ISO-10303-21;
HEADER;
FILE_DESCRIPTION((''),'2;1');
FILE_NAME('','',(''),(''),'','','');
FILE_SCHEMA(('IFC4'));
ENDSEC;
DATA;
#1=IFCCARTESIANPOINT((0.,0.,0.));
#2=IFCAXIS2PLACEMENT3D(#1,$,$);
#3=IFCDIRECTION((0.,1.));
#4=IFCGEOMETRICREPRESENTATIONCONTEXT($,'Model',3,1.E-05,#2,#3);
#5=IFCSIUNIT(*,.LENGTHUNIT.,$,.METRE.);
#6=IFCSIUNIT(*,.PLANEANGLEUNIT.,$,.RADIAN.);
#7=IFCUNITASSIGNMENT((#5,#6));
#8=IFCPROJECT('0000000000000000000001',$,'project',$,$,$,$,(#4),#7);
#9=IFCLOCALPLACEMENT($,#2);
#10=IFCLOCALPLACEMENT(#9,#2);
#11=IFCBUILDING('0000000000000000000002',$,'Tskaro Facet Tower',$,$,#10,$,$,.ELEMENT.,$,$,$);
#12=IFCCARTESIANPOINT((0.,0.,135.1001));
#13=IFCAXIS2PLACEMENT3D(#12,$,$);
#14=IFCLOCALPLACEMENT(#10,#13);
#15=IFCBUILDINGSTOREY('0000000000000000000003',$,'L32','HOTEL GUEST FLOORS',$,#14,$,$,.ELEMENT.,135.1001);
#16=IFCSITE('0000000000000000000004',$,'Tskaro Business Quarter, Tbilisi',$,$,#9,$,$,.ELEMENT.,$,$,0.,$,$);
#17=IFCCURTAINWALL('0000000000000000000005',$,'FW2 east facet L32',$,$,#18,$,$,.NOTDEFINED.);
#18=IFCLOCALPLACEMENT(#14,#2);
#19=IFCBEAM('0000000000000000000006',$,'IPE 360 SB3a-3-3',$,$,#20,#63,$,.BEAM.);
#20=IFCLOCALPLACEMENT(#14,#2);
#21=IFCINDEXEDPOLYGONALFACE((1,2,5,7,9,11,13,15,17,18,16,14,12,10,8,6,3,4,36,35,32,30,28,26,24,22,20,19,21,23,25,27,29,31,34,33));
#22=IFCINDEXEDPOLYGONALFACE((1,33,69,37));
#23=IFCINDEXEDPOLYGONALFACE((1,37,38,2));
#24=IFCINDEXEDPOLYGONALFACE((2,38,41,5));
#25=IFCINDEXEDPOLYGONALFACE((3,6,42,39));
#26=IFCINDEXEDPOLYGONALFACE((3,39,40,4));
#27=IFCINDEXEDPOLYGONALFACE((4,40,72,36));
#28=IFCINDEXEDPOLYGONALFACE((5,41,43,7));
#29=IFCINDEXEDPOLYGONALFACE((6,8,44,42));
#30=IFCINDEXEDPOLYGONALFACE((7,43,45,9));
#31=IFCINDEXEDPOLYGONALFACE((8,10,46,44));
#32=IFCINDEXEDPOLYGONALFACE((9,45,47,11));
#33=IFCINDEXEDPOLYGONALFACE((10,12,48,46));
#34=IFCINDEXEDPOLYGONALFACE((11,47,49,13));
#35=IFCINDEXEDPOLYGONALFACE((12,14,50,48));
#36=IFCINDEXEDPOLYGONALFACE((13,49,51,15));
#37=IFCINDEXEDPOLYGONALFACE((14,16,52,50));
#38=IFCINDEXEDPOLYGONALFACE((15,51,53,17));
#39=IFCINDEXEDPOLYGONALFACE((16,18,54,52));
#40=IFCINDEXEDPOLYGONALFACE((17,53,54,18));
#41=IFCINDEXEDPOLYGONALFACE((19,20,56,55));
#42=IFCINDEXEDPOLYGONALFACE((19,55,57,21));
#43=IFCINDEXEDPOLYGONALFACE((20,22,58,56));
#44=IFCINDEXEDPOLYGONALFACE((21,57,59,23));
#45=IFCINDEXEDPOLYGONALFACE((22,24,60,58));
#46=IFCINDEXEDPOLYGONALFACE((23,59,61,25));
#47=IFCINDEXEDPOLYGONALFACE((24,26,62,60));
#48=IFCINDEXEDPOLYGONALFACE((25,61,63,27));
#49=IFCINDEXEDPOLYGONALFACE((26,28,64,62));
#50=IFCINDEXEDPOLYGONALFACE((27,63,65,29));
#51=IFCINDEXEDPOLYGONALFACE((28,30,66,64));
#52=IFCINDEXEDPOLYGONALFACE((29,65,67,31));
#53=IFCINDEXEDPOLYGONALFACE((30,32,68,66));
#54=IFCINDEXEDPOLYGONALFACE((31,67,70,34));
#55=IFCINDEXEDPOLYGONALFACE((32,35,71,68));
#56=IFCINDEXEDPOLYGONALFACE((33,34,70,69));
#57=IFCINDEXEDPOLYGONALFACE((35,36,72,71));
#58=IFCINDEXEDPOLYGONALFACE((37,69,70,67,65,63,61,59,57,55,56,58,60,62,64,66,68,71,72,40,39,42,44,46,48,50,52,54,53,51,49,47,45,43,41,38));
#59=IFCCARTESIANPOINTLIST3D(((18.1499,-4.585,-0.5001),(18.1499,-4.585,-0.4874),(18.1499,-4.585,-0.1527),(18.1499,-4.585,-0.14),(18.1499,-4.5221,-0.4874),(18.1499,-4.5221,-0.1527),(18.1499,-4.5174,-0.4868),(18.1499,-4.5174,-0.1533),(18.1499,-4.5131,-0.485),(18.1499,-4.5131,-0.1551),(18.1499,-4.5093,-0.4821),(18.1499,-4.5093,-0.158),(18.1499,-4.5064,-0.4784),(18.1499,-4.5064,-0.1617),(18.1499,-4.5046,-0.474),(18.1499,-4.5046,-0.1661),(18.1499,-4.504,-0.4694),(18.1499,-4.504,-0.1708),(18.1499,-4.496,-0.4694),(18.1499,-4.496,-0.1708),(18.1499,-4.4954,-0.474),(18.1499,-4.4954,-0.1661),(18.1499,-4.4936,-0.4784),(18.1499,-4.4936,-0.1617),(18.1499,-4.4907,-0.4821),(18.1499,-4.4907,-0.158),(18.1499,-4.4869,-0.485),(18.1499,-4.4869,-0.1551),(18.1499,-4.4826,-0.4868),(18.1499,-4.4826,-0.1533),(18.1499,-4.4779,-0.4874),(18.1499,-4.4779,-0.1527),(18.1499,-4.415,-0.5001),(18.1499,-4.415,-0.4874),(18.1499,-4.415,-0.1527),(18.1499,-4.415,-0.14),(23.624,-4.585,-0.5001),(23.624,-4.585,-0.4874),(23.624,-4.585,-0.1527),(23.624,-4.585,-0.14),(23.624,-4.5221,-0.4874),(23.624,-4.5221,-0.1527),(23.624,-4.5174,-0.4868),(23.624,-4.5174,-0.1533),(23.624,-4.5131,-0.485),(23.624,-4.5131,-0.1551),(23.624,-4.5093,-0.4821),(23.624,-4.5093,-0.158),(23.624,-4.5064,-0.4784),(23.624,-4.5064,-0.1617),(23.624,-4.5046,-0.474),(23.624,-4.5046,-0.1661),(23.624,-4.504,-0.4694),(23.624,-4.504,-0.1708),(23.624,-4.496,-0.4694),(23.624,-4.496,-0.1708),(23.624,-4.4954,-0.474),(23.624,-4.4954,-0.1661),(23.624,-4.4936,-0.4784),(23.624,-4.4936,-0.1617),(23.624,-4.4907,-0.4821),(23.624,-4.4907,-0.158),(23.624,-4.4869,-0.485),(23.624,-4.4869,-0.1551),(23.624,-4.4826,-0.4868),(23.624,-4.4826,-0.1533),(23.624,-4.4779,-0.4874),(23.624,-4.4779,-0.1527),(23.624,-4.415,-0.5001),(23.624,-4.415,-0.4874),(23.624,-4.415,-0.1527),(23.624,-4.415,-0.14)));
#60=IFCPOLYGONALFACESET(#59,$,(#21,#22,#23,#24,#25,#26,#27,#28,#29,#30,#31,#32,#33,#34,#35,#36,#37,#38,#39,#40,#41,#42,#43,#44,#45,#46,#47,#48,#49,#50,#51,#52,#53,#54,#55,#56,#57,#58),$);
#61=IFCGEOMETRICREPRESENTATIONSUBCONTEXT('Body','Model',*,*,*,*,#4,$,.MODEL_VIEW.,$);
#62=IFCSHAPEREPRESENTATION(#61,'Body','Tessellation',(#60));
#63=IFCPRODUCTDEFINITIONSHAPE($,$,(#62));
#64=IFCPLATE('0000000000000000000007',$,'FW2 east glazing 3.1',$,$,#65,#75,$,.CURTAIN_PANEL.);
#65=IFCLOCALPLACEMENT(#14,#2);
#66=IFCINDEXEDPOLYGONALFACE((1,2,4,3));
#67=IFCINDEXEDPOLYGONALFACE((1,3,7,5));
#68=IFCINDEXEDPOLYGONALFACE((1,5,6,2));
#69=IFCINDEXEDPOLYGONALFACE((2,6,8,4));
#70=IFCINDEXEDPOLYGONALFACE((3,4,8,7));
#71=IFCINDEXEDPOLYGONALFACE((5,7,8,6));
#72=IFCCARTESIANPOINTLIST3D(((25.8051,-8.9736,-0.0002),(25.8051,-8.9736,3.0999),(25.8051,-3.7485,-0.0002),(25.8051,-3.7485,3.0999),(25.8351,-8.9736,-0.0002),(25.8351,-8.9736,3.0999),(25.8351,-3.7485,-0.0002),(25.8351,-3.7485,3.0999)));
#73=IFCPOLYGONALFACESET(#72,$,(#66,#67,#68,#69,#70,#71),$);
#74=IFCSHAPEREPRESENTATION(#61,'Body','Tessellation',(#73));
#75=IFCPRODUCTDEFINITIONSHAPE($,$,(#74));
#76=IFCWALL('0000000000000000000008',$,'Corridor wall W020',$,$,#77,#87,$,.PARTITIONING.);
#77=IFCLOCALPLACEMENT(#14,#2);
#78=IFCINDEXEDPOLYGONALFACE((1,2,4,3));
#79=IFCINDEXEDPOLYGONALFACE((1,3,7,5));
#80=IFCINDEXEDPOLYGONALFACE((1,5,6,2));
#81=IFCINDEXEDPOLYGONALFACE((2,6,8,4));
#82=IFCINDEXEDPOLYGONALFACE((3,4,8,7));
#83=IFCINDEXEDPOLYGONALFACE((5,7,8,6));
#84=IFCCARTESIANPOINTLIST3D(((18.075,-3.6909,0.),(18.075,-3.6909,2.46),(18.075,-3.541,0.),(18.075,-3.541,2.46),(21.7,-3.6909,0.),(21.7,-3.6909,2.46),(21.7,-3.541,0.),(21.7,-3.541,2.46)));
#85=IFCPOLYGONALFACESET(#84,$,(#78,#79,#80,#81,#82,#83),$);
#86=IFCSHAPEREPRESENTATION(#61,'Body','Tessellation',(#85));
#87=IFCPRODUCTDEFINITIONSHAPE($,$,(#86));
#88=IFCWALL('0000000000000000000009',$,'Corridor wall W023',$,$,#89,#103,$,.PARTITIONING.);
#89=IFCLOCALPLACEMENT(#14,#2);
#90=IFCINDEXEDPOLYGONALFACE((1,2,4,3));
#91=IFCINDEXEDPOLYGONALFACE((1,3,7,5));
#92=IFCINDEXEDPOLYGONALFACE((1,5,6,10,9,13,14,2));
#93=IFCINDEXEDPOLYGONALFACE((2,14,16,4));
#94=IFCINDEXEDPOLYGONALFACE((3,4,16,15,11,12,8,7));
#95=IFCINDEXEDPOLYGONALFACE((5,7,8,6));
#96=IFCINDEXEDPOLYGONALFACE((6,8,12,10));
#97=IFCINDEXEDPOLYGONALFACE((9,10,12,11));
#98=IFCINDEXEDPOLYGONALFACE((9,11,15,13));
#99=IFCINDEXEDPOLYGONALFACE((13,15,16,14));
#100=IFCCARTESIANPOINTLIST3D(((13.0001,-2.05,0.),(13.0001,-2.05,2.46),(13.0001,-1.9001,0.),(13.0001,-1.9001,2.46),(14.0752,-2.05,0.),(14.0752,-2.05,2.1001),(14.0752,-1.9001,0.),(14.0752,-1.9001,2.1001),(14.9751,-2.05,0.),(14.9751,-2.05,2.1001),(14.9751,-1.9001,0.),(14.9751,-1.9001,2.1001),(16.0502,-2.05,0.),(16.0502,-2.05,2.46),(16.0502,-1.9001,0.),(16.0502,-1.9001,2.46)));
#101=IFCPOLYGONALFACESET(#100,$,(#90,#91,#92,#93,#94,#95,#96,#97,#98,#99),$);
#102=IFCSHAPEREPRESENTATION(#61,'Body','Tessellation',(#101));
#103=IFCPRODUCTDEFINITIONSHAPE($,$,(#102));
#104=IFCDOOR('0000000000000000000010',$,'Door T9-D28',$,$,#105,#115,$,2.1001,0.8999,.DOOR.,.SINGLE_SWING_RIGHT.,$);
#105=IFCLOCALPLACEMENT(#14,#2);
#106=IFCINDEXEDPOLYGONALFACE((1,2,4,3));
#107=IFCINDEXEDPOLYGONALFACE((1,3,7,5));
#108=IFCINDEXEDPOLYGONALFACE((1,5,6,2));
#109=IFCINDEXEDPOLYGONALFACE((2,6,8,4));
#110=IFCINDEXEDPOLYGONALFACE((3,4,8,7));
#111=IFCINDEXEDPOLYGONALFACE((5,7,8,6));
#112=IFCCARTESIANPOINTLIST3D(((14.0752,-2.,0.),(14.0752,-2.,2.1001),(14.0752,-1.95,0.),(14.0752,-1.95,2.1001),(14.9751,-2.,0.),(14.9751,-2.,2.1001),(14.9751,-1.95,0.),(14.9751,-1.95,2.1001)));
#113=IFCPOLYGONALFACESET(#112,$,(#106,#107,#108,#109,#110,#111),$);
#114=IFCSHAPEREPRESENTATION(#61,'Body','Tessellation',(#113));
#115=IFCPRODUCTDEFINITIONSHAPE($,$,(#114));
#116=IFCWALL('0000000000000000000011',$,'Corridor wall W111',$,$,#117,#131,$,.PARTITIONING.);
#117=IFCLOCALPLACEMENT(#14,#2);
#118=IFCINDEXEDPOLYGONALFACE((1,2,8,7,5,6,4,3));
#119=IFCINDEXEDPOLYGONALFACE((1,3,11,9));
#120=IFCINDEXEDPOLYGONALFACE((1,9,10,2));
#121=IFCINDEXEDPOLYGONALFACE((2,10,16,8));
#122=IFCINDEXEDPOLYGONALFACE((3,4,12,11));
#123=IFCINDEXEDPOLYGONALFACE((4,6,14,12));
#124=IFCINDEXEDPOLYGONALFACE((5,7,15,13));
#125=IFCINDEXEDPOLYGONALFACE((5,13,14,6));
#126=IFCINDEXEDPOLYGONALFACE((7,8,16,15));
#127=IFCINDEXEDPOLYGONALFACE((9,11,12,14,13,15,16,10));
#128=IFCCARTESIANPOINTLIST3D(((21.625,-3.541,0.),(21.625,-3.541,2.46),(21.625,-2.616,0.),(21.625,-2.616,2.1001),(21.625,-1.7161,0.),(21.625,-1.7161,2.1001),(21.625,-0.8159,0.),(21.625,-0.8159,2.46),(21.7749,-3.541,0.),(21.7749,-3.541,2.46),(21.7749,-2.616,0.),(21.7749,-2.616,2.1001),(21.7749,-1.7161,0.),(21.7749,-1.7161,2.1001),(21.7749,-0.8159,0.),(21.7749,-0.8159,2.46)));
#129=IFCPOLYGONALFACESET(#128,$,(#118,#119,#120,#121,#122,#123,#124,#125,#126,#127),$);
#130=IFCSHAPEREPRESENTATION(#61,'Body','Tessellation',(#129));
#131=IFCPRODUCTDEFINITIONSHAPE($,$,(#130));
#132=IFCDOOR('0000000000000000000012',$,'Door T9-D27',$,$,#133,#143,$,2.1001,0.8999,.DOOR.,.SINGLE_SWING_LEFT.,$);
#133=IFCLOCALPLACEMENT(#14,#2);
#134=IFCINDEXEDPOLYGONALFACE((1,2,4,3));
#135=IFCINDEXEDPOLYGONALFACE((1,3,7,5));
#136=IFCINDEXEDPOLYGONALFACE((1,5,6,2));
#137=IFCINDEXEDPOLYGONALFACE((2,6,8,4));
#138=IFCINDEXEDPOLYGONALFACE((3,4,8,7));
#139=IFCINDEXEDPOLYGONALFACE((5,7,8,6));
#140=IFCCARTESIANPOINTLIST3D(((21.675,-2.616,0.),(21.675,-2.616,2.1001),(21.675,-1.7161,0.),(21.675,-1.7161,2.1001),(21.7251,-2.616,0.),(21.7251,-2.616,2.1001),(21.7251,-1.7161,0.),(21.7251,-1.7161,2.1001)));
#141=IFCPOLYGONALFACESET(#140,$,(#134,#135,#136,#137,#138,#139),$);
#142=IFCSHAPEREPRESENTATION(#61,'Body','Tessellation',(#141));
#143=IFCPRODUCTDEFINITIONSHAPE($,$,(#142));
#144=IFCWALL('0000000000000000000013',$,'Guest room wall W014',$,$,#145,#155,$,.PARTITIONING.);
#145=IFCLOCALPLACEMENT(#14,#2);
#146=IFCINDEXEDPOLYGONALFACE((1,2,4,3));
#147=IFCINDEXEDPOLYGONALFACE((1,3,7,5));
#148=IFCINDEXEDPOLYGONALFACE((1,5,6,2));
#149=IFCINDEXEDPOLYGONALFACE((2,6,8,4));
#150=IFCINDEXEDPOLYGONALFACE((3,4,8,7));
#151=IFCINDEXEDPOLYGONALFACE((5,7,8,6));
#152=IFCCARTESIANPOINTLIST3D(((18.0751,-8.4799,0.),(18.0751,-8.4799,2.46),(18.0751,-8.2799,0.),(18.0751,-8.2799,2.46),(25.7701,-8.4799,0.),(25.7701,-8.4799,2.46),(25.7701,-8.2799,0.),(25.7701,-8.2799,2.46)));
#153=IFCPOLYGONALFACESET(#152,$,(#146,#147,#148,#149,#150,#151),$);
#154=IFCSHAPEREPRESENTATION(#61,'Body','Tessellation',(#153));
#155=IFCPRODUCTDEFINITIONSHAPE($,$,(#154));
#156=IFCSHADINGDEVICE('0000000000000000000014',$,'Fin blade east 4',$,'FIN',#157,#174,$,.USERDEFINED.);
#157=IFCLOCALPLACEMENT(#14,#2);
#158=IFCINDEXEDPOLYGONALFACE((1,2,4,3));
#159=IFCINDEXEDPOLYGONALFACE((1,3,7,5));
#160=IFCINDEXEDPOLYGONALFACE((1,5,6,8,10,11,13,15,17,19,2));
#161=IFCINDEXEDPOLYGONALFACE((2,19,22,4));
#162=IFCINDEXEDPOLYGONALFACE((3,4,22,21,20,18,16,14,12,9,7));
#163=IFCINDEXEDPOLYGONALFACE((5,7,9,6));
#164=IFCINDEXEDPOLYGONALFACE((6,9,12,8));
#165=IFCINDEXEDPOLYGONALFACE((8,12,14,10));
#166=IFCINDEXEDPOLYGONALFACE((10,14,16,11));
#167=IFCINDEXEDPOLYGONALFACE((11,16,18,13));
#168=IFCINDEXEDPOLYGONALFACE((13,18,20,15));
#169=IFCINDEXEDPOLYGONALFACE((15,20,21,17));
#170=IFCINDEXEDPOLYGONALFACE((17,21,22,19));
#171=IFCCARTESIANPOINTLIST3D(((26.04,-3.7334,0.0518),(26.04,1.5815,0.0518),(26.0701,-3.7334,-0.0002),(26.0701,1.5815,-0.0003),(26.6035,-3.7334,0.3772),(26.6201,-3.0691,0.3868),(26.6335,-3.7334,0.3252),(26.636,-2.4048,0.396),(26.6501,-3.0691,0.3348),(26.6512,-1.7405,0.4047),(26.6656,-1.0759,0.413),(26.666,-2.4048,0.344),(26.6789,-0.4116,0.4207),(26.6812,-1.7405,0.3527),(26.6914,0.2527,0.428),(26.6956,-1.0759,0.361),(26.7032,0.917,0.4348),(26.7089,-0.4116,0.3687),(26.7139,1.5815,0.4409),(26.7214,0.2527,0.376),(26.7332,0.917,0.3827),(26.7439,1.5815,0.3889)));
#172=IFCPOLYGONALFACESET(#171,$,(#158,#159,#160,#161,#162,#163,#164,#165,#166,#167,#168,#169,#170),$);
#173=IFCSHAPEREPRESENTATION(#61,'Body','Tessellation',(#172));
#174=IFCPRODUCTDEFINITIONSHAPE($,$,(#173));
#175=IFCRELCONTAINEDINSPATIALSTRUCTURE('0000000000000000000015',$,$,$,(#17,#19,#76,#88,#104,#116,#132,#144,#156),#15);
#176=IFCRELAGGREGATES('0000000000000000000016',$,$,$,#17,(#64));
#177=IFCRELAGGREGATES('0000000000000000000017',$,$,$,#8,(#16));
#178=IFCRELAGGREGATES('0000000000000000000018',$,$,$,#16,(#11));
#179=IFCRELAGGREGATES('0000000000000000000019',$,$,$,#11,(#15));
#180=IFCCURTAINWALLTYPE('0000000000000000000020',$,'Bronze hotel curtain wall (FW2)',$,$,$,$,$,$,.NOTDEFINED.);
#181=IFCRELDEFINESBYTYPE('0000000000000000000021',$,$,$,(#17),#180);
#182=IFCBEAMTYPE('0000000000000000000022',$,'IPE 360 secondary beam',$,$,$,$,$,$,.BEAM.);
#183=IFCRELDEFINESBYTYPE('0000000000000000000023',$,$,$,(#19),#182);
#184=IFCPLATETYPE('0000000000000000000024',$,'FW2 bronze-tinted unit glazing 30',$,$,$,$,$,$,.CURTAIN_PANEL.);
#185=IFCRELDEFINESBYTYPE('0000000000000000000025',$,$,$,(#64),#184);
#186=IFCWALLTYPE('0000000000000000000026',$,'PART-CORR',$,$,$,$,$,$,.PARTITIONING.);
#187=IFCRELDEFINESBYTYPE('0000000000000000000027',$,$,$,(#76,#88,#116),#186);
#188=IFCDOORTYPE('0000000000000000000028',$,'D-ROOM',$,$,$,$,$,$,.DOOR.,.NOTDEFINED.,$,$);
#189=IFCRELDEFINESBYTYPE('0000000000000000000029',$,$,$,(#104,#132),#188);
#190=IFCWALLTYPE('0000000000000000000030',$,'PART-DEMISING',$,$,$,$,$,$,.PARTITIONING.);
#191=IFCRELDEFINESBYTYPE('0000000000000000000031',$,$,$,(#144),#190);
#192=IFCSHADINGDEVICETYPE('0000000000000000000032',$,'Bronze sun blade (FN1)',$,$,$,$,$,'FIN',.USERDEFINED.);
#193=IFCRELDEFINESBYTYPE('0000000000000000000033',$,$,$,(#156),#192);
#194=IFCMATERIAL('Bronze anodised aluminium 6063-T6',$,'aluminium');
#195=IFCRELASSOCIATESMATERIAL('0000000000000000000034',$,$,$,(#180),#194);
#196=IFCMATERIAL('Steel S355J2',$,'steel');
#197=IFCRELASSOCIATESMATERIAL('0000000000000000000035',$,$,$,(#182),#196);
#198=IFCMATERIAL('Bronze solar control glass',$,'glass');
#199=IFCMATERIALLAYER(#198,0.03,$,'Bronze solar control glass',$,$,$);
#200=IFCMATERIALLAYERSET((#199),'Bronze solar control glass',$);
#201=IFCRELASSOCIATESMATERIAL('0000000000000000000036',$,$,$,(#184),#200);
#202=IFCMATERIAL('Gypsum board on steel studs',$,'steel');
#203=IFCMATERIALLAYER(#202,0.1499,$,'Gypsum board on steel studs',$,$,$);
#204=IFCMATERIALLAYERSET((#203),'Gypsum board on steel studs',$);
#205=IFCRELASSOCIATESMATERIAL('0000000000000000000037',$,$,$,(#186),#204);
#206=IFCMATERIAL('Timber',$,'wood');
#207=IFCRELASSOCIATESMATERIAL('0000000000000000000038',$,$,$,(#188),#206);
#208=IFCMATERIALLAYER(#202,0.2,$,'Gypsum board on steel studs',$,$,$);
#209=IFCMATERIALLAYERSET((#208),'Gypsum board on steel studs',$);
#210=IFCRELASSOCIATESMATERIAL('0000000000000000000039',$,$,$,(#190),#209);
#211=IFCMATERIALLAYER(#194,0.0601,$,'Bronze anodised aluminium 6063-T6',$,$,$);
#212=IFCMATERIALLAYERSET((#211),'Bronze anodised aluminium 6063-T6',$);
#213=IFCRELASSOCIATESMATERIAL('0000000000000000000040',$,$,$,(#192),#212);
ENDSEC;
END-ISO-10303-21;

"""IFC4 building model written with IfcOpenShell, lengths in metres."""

from ifc_helpers import new_model, si_unit, direction, frame, frame_2d, origin, origin_2d, place, context, subcontext, project, spatial, polyline, rectangle, i_section, outline, extrude, material, layer, layer_set, material_profile, profile_set, type_object, element, fill, aggregate, save


model = new_model("IFC4")

# Units and contexts
model_context = context("Model", 3, precision=1e-05, world=origin(), true_north=direction((0.0, 1.0)))
body_context = subcontext(model_context, "Body", "Model", "MODEL_VIEW")
ifc_project = project(units=[si_unit("LENGTHUNIT", "METRE"), si_unit("PLANEANGLEUNIT", "RADIAN")], contexts=[model_context])

# Site, building, storey
site_placement = place(None, origin())
site = spatial("IfcSite", under=ifc_project, at=site_placement, Name="Tskaro Business Quarter, Tbilisi", CompositionType="ELEMENT", RefElevation=0.0)
building_placement = place(site_placement, origin())
building = spatial("IfcBuilding", under=site, at=building_placement, Name="Tskaro Facet Tower", CompositionType="ELEMENT")
storey_placement = place(building_placement, frame((0.0, 0.0, 135.1001)))
storey = spatial("IfcBuildingStorey", under=building, at=storey_placement, Name="L32", Description="HOTEL GUEST FLOORS", CompositionType="ELEMENT", Elevation=135.1001)

# Curtain wall
ifc_material_1 = material(Name="Bronze anodised aluminium 6063-T6", Category="aluminium")
curtain_wall_type = type_object("IfcCurtainWallType", Name="Bronze hotel curtain wall (FW2)", PredefinedType="NOTDEFINED", material=ifc_material_1)
curtain_wall_placement = place(storey_placement, origin())
curtain_wall = element("IfcCurtainWall", 1, at=curtain_wall_placement, inside=storey, type_object=curtain_wall_type, Name="FW2 east facet L32", PredefinedType="NOTDEFINED")

# Beam
ifc_material_2 = material(Name="Steel S355J2", Category="steel")
ifc_material_profile_1 = material_profile(ifc_material_2, i_section(OverallWidth=0.1699, OverallDepth=0.3601, WebThickness=0.0081, FlangeThickness=0.0127, FilletRadius=0.0181, at=origin_2d()), Name="IPE 360")
ifc_profile_set_1 = profile_set([ifc_material_profile_1], Name="Steel S355J2")
beam_type_1 = type_object("IfcBeamType", Name="IPE 360 secondary beam", PredefinedType="BEAM", material=ifc_profile_set_1)
beam_1_placement = place(storey_placement, frame((18.1499, -4.5, -0.3201), z_axis=(1.0, 0.0, 0.0), x_axis=(0.0, 1.0, 0.0)))
element("IfcBeam", 2, at=beam_1_placement, inside=storey, type_object=beam_type_1, Name="IPE 360 SB3a-3-3", PredefinedType="BEAM", context=body_context, shape_type="SweptSolid", body=[
    extrude(i_section(OverallWidth=0.1699, OverallDepth=0.3601, WebThickness=0.0081, FlangeThickness=0.0127, FilletRadius=0.0181, at=origin_2d()), origin(), (0.0, 0.0, 1.0), 5.4741),
])

# Plate
ifc_material_3 = material(Name="Bronze solar control glass", Category="glass")
ifc_layer_1 = layer(ifc_material_3, 0.03, Name="Bronze solar control glass")
ifc_layer_set_1 = layer_set([ifc_layer_1], Name="Bronze solar control glass")
plate_type = type_object("IfcPlateType", Name="FW2 bronze-tinted unit glazing 30", PredefinedType="CURTAIN_PANEL", material=ifc_layer_set_1)
plate_placement = place(storey_placement, frame((25.8201, -6.3611, -0.0002), z_axis=(0.0, 0.0, 1.0), x_axis=(0.0, 1.0, 0.0)))
plate = element("IfcPlate", 3, at=plate_placement, type_object=plate_type, Name="FW2 east glazing 3.1", PredefinedType="CURTAIN_PANEL", context=body_context, shape_type="SweptSolid", body=[
    extrude(rectangle(XDim=5.2251, YDim=0.03, at=origin_2d()), origin(), (0.0, 0.0, 1.0), 3.1001),
])
aggregate(curtain_wall, [plate])

# Wall
ifc_material_4 = material(Name="Gypsum board on steel studs", Category="steel")
ifc_layer_2 = layer(ifc_material_4, 0.1499, Name="Gypsum board on steel studs")
ifc_layer_set_2 = layer_set([ifc_layer_2], Name="Gypsum board on steel studs")
wall_type_1 = type_object("IfcWallType", Name="PART-CORR", PredefinedType="PARTITIONING", material=ifc_layer_set_2)
wall_1_placement = place(storey_placement, frame((18.075, -3.616, 0.0), z_axis=(0.0, 0.0, 1.0), x_axis=(1.0, 0.0, 0.0)))
element("IfcWall", 4, at=wall_1_placement, inside=storey, type_object=wall_type_1, Name="Corridor wall W020", PredefinedType="PARTITIONING", context=body_context, shape_type="SweptSolid", body=[
    extrude(rectangle(XDim=3.625, YDim=0.1499, at=frame_2d((1.8125, 0.0))), origin(), (0.0, 0.0, 1.0), 2.46),
])

# Walls, openings, doors
wall_2_placement = place(storey_placement, frame((16.05, -1.9751, 0.0), z_axis=(0.0, 0.0, 1.0), x_axis=(-1.0, 0.0, 0.0)))
wall_2 = element("IfcWall", 5, at=wall_2_placement, inside=storey, type_object=wall_type_1, Name="Corridor wall W023", PredefinedType="PARTITIONING", context=body_context, shape_type="SweptSolid", body=[
    extrude(rectangle(XDim=3.05, YDim=0.1499, at=frame_2d((1.5249, 0.0))), origin(), (0.0, 0.0, 1.0), 2.46),
])
opening_1_placement = place(wall_2_placement, frame((1.075, 0.0, 0.0)))
opening_1 = element("IfcOpeningElement", 6, at=opening_1_placement, cuts=wall_2, PredefinedType="OPENING", context=body_context, shape_type="SweptSolid", body=[
    extrude(rectangle(XDim=0.8999, YDim=2.1001, at=frame_2d((0.45, 1.05))), frame((0.0, 0.085, 0.0), z_axis=(0.0, -1.0, 0.0), x_axis=(1.0, 0.0, 0.0)), (0.0, 0.0, 1.0), 0.1699),
])
ifc_material_5 = material(Name="Timber", Category="wood")
door_type = type_object("IfcDoorType", Name="D-ROOM", OperationType="NOTDEFINED", PredefinedType="DOOR", material=ifc_material_5)
door_1_placement = place(opening_1_placement, origin())
door_1 = element("IfcDoor", 7, at=door_1_placement, inside=storey, type_object=door_type, Name="Door T9-D28", OperationType="SINGLE_SWING_RIGHT", OverallHeight=2.1001, OverallWidth=0.8999, PredefinedType="DOOR", context=body_context, shape_type="SweptSolid", body=[
    extrude(rectangle(XDim=0.8999, YDim=2.1001, at=frame_2d((0.45, 1.05))), frame((0.0, 0.0249, 0.0), z_axis=(0.0, -1.0, 0.0), x_axis=(1.0, 0.0, 0.0)), (0.0, 0.0, 1.0), 0.05),
])
fill(opening_1, door_1)
wall_3_placement = place(storey_placement, frame((21.7, -3.541, 0.0), z_axis=(0.0, 0.0, 1.0), x_axis=(0.0, 1.0, 0.0)))
wall_3 = element("IfcWall", 8, at=wall_3_placement, inside=storey, type_object=wall_type_1, Name="Corridor wall W111", PredefinedType="PARTITIONING", context=body_context, shape_type="SweptSolid", body=[
    extrude(rectangle(XDim=2.7251, YDim=0.1499, at=frame_2d((1.3625, 0.0))), origin(), (0.0, 0.0, 1.0), 2.46),
])
opening_2_placement = place(wall_3_placement, frame((0.925, 0.0, 0.0)))
opening_2 = element("IfcOpeningElement", 9, at=opening_2_placement, cuts=wall_3, PredefinedType="OPENING", context=body_context, shape_type="SweptSolid", body=[
    extrude(rectangle(XDim=0.8999, YDim=2.1001, at=frame_2d((0.45, 1.05))), frame((0.0, 0.085, 0.0), z_axis=(0.0, -1.0, 0.0), x_axis=(1.0, 0.0, 0.0)), (0.0, 0.0, 1.0), 0.1699),
])
door_2_placement = place(opening_2_placement, origin())
door_2 = element("IfcDoor", 10, at=door_2_placement, inside=storey, type_object=door_type, Name="Door T9-D27", OperationType="SINGLE_SWING_LEFT", OverallHeight=2.1001, OverallWidth=0.8999, PredefinedType="DOOR", context=body_context, shape_type="SweptSolid", body=[
    extrude(rectangle(XDim=0.8999, YDim=2.1001, at=frame_2d((0.45, 1.05))), frame((0.0, 0.0249, 0.0), z_axis=(0.0, -1.0, 0.0), x_axis=(1.0, 0.0, 0.0)), (0.0, 0.0, 1.0), 0.05),
])
fill(opening_2, door_2)

# Wall
ifc_layer_3 = layer(ifc_material_4, 0.2, Name="Gypsum board on steel studs")
ifc_layer_set_3 = layer_set([ifc_layer_3], Name="Gypsum board on steel studs")
wall_type_2 = type_object("IfcWallType", Name="PART-DEMISING", PredefinedType="PARTITIONING", material=ifc_layer_set_3)
wall_4_placement = place(storey_placement, frame((18.075, -8.3799, 0.0), z_axis=(0.0, 0.0, 1.0), x_axis=(1.0, 0.0, 0.0)))
element("IfcWall", 11, at=wall_4_placement, inside=storey, type_object=wall_type_2, Name="Guest room wall W014", PredefinedType="PARTITIONING", context=body_context, shape_type="SweptSolid", body=[
    extrude(rectangle(XDim=7.6951, YDim=0.2, at=frame_2d((3.8477, 0.0))), origin(), (0.0, 0.0, 1.0), 2.46),
])

# Shading device
ifc_layer_4 = layer(ifc_material_1, 0.0601, Name="Bronze anodised aluminium 6063-T6")
ifc_layer_set_4 = layer_set([ifc_layer_4], Name="Bronze anodised aluminium 6063-T6")
shading_device_type = type_object("IfcShadingDeviceType", Name="Bronze sun blade (FN1)", ElementType="FIN", PredefinedType="USERDEFINED", material=ifc_layer_set_4)
shading_device_placement = place(storey_placement, frame((26.04, -3.7334, 0.0518), z_axis=(-0.500151, 0.000002, 0.865938), x_axis=(0.000001, 1.0, -0.000001)))
element("IfcShadingDevice", 12, at=shading_device_placement, inside=storey, type_object=shading_device_type, Name="Fin blade east 4", ObjectType="FIN", PredefinedType="USERDEFINED", context=body_context, shape_type="SweptSolid", body=[
    extrude(outline(polyline([(0.0, 0.0), (5.3149, 0.0), (5.3149, -0.7781), (4.6504, -0.7658), (3.9861, -0.7522), (3.3218, -0.7378), (2.6575, -0.7224), (1.9929, -0.7057), (1.3286, -0.6882), (0.6643, -0.6698), (0.0, -0.6507), (0.0, 0.0)])), origin(), (0.0, 0.0, -1.0), 0.0601),
])

save(model, "model.ifc")
